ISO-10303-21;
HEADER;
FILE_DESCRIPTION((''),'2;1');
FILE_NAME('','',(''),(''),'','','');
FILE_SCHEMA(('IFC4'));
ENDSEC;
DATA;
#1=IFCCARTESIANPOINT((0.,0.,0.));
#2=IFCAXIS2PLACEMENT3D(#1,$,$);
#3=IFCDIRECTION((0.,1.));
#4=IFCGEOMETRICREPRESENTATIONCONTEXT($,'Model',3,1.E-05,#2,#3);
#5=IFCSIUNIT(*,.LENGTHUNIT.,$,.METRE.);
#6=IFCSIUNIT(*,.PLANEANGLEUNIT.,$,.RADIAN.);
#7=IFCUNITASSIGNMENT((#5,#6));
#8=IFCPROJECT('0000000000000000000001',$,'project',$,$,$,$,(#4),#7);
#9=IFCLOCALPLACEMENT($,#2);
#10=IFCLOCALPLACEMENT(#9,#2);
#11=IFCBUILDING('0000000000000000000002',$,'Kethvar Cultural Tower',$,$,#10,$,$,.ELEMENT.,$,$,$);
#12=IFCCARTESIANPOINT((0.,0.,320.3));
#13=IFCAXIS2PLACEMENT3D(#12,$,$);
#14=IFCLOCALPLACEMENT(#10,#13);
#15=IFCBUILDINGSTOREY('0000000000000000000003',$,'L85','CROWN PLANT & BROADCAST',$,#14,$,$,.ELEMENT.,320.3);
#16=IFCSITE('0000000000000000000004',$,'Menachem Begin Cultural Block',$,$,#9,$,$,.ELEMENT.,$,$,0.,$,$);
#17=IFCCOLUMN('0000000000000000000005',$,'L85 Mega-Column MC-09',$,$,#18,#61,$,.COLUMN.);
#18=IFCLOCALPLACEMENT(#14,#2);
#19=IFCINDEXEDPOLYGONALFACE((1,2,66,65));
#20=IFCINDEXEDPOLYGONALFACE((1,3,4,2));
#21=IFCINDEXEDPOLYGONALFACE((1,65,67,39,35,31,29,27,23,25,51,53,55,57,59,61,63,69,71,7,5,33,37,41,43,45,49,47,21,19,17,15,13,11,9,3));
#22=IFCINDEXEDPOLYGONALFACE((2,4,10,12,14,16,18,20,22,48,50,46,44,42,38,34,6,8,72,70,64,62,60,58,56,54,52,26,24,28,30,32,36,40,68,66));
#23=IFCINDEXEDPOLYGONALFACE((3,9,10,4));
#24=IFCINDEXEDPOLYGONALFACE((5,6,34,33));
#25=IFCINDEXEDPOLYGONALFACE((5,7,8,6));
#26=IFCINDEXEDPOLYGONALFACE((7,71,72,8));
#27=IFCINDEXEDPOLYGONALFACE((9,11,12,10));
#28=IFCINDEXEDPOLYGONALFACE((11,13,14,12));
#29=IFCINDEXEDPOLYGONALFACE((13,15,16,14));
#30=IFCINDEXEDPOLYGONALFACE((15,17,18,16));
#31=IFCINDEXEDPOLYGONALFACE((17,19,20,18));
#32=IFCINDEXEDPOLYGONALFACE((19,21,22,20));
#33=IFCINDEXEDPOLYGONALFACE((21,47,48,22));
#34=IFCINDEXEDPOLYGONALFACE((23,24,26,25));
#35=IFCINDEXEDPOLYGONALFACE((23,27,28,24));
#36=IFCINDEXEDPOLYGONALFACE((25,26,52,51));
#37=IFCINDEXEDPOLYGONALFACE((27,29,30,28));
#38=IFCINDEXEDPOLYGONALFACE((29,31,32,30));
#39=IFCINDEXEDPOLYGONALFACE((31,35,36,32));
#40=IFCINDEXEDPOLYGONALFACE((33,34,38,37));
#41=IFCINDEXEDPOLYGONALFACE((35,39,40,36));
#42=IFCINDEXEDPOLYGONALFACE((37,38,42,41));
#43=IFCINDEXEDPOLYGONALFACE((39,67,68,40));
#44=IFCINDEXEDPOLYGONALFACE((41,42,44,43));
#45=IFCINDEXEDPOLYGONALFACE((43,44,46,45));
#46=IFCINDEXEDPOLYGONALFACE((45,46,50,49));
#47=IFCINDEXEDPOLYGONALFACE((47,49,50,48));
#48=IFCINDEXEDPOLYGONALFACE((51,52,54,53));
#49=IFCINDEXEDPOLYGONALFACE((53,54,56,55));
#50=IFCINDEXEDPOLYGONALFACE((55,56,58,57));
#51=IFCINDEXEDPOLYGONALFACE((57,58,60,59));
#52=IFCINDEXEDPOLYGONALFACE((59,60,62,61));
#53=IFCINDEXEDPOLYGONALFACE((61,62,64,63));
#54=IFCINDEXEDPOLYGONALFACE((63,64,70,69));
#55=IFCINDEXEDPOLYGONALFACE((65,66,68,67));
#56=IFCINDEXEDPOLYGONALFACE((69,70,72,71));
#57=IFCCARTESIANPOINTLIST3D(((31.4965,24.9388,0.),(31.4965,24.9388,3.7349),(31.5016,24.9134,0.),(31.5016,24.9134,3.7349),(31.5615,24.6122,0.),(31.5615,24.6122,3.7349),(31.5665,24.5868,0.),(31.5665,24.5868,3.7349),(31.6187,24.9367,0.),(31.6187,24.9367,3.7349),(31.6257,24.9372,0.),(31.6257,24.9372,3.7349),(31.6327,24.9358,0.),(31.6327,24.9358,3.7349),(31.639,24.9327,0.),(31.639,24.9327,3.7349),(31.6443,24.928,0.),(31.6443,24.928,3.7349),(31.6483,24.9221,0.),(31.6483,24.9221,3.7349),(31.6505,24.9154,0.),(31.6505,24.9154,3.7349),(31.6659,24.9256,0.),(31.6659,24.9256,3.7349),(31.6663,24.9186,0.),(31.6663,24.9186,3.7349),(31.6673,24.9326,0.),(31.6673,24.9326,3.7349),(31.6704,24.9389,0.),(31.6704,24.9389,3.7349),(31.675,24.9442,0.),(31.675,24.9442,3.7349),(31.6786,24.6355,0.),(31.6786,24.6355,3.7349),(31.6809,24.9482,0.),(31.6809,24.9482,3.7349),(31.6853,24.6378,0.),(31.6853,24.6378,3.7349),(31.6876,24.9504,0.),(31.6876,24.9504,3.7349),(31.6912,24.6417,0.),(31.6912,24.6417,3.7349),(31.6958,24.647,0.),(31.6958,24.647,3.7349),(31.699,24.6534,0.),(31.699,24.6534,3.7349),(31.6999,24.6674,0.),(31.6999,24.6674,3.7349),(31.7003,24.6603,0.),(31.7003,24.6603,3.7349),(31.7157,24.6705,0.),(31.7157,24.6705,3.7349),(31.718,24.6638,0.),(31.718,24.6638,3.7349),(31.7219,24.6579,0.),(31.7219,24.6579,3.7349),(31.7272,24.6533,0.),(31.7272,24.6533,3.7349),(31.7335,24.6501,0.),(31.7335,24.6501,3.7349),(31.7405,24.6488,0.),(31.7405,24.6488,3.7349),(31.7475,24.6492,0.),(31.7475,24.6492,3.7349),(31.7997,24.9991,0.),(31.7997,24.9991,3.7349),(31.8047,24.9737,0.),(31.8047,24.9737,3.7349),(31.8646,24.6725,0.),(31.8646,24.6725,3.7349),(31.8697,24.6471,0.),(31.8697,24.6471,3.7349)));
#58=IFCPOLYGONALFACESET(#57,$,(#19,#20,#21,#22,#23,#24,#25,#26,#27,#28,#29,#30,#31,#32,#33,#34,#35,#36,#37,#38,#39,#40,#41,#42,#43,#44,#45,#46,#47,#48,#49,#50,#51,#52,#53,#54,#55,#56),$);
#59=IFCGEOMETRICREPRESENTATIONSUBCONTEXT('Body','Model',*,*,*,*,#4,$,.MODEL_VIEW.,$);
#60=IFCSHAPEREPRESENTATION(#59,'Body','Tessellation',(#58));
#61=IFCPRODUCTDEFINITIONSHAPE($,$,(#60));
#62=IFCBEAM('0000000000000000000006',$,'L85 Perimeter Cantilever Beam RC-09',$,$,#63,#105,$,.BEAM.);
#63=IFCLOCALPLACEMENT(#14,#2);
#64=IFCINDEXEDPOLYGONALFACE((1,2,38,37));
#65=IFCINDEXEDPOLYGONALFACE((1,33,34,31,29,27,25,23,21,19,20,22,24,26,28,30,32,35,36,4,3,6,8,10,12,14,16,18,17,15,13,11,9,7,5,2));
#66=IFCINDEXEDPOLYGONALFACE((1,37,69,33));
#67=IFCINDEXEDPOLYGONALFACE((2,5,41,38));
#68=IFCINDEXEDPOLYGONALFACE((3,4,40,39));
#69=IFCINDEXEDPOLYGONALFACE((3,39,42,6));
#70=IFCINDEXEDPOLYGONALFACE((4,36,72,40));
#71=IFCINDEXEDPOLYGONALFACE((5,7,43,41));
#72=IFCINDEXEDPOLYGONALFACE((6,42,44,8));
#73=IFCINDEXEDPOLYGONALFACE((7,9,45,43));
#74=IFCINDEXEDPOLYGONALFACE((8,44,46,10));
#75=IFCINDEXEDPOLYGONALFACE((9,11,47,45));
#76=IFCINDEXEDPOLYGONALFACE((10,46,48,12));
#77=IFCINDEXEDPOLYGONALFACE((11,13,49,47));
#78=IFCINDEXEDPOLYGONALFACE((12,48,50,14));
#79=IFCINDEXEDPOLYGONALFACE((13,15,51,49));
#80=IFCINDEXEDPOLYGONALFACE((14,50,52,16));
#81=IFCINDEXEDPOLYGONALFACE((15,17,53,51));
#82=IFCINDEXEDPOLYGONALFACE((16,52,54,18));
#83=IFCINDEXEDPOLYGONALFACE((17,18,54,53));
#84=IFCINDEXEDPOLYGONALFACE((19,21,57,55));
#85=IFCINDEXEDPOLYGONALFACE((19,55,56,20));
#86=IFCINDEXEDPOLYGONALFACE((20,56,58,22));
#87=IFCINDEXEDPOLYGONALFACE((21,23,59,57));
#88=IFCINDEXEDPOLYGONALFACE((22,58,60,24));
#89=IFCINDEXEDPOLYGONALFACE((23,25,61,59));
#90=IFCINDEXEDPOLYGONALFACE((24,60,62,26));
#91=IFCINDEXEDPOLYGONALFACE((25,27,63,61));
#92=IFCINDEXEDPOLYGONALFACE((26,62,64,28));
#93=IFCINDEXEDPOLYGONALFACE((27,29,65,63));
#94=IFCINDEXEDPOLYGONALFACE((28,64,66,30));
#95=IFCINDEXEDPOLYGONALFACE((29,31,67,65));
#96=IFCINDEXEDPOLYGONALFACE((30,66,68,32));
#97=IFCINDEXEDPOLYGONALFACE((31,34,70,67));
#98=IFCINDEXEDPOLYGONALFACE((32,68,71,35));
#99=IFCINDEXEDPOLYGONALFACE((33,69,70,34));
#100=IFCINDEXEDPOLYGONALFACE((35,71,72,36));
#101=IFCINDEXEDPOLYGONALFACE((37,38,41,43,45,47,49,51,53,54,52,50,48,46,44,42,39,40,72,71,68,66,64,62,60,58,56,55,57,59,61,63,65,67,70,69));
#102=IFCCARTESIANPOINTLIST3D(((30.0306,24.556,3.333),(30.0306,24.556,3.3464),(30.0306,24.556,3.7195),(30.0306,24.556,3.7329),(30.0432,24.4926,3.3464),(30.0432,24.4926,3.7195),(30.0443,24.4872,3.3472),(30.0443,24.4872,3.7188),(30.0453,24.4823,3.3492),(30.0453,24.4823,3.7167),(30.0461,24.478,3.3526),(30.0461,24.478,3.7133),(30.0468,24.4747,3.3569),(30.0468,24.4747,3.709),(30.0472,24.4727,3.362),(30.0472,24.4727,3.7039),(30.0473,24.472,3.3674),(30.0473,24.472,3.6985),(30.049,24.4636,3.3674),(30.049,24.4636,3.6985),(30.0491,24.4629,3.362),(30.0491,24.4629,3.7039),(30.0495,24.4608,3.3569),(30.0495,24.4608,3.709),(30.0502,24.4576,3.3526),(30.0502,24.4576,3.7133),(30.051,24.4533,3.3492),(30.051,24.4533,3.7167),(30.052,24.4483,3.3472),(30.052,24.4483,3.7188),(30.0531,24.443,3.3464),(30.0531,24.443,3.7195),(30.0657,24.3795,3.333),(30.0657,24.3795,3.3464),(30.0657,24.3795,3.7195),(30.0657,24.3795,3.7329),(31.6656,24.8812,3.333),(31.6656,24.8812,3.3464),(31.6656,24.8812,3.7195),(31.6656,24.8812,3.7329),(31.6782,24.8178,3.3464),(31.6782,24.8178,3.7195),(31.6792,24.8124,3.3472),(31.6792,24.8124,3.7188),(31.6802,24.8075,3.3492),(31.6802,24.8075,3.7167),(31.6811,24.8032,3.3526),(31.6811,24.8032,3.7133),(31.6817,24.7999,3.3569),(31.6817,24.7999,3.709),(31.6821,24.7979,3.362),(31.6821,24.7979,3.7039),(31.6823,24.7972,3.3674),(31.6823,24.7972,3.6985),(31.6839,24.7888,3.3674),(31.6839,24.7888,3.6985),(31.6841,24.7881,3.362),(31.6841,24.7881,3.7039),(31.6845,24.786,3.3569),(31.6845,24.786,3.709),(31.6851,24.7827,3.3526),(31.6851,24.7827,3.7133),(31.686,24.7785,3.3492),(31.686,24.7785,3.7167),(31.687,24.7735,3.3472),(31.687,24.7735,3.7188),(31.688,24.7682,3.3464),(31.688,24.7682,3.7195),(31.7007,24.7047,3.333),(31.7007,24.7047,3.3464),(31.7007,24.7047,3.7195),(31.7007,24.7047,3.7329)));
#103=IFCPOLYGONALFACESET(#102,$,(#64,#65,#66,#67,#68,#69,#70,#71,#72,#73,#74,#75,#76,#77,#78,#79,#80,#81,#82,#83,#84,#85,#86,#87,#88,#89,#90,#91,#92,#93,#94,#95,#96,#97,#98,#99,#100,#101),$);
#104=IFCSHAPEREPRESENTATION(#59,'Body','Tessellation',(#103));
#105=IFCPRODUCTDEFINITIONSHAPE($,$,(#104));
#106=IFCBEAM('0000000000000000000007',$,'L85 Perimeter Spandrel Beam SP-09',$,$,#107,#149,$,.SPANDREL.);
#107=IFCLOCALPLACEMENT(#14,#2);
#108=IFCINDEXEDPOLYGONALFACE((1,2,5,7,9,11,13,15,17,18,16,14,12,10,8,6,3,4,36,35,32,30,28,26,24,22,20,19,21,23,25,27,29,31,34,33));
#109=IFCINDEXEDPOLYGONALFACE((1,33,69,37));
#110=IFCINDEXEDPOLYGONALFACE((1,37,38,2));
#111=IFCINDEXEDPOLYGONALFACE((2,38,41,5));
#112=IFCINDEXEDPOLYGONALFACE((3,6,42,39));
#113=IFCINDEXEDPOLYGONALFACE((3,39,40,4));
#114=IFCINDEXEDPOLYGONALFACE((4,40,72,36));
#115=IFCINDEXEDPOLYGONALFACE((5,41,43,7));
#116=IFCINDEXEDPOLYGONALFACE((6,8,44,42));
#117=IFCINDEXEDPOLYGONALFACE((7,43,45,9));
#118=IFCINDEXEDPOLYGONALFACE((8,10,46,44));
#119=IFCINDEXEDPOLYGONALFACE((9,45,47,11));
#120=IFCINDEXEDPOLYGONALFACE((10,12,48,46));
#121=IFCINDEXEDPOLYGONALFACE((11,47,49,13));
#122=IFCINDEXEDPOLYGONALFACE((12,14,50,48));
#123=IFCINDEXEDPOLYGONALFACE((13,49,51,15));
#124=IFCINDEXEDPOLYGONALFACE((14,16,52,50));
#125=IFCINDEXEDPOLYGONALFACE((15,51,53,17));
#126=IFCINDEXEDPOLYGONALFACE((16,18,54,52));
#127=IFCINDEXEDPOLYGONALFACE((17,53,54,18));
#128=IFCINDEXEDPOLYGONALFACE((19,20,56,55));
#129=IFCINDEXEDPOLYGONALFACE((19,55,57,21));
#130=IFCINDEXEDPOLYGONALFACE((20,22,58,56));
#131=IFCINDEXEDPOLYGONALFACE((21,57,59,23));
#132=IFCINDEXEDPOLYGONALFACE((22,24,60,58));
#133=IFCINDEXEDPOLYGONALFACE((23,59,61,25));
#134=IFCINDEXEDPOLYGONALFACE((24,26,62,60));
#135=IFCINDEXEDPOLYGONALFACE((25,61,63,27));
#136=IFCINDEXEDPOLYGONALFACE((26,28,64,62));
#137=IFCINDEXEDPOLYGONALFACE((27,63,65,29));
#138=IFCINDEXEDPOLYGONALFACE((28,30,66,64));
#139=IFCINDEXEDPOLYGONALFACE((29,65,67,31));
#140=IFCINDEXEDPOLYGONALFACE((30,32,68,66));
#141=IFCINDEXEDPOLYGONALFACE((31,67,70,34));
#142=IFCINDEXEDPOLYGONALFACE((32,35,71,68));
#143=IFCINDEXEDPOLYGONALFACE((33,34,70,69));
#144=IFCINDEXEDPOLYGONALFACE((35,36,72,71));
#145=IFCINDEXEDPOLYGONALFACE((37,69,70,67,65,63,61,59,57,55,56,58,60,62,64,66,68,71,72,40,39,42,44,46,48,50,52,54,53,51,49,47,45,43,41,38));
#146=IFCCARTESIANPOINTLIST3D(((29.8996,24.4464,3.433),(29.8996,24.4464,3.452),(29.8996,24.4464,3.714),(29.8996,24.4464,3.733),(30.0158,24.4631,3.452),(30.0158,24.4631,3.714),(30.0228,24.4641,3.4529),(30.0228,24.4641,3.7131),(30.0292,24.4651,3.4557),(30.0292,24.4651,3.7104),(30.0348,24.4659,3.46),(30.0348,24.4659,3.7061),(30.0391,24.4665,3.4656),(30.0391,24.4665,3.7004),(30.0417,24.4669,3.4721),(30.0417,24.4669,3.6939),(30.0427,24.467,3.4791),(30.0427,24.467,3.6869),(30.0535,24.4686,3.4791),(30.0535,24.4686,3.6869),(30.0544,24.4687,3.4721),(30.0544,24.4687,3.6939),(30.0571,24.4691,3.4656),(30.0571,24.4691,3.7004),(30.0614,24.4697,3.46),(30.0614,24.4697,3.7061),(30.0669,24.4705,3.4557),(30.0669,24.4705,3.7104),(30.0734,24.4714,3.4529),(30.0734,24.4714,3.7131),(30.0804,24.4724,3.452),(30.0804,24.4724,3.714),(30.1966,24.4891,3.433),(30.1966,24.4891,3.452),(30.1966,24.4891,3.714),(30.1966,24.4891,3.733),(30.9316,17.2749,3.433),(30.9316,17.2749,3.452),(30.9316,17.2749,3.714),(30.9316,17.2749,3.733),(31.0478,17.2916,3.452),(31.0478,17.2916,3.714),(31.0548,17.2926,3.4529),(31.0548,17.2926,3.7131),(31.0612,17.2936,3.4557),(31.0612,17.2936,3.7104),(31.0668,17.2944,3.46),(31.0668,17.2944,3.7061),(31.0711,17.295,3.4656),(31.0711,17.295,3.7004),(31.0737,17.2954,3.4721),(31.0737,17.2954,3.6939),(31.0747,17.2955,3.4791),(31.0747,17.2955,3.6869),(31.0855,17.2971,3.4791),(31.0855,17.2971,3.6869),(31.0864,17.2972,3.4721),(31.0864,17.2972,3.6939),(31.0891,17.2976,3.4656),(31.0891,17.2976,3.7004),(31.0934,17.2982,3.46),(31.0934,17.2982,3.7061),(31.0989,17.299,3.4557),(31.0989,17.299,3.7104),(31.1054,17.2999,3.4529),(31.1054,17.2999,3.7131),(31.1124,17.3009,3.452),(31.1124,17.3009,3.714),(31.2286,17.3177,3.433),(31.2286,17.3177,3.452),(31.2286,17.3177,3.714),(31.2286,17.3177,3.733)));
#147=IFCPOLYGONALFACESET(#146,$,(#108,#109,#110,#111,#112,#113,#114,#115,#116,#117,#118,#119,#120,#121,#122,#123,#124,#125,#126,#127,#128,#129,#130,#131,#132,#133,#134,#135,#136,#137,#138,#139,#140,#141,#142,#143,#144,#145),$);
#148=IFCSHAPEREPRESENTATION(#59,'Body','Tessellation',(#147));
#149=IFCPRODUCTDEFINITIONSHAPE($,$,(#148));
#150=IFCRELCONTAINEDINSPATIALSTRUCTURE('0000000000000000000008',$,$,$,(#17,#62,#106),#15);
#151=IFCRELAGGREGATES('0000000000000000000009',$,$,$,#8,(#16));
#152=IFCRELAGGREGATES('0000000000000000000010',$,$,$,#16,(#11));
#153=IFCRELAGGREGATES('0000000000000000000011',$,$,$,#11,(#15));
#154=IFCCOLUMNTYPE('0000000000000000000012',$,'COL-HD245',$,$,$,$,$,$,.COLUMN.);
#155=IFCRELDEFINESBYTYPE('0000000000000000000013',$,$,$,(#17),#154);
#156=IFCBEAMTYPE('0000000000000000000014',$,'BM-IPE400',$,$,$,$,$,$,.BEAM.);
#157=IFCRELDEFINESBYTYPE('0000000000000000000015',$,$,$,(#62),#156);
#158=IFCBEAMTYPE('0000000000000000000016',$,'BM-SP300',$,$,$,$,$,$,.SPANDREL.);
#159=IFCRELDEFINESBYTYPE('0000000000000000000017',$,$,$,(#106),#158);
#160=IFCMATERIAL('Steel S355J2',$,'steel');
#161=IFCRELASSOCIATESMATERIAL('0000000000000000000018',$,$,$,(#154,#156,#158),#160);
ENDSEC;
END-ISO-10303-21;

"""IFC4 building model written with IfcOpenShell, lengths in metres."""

from ifc_helpers import new_model, si_unit, direction, frame, origin, origin_2d, place, context, subcontext, project, spatial, i_section, extrude, source, transform, mapped, material, material_profile, profile_set, type_object, element, save


model = new_model("IFC4")

# Units and contexts
model_context = context("Model", 3, precision=1e-05, world=origin(), true_north=direction((0.0, 1.0)))
body_context = subcontext(model_context, "Body", "Model", "MODEL_VIEW")
ifc_project = project(units=[si_unit("LENGTHUNIT", "METRE"), si_unit("PLANEANGLEUNIT", "RADIAN")], contexts=[model_context])

# Site, building, storey
site_placement = place(None, origin())
site = spatial("IfcSite", under=ifc_project, at=site_placement, Name="Menachem Begin Cultural Block", CompositionType="ELEMENT", RefElevation=0.0)
building_placement = place(site_placement, origin())
building = spatial("IfcBuilding", under=site, at=building_placement, Name="Kethvar Cultural Tower", CompositionType="ELEMENT")
storey_placement = place(building_placement, frame((0.0, 0.0, 320.3)))
storey = spatial("IfcBuildingStorey", under=building, at=storey_placement, Name="L85", Description="CROWN PLANT & BROADCAST", CompositionType="ELEMENT", Elevation=320.3)

# Column
ifc_material_1 = material(Name="Steel S355J2", Category="steel")
ifc_material_profile_1 = material_profile(ifc_material_1, i_section(OverallWidth=0.3091, OverallDepth=0.3589, WebThickness=0.0161, FlangeThickness=0.0259, FilletRadius=0.0271, at=origin_2d()), Name="Steel S355J2 — HD320x245")
ifc_profile_set_1 = profile_set([ifc_material_profile_1], Name="Steel S355J2 — HD320x245")
column_type = type_object("IfcColumnType", Name="COL-HD245", PredefinedType="COLUMN", material=ifc_profile_set_1)
shared_shape_1 = source(origin(), body_context, "Body", "SweptSolid", [
    extrude(i_section(OverallWidth=0.3091, OverallDepth=0.3589, WebThickness=0.0161, FlangeThickness=0.0259, FilletRadius=0.0271, at=origin_2d()), origin(), (0.0, 0.0, 1.0), 3.7349),
])
column_placement = place(storey_placement, frame((31.6831, 24.793, 0.0), z_axis=(0.0, 0.0, 1.0), x_axis=(-0.980785, -0.19509, 0.0)))
element("IfcColumn", 1, at=column_placement, inside=storey, type_object=column_type, Name="L85 Mega-Column MC-09", PredefinedType="COLUMN", context=body_context, shape_type="MappedRepresentation", body=[
    mapped(shared_shape_1, transform((0.0, 0.0, 0.0), scale=1.0)),
])

# Beams
ifc_material_profile_2 = material_profile(ifc_material_1, i_section(OverallWidth=0.1799, OverallDepth=0.3999, WebThickness=0.0085, FlangeThickness=0.0134, FilletRadius=0.021, at=origin_2d()), Name="Steel S355J2 — IPE400")
ifc_profile_set_2 = profile_set([ifc_material_profile_2], Name="Steel S355J2 — IPE400")
beam_type_1 = type_object("IfcBeamType", Name="BM-IPE400", PredefinedType="BEAM", material=ifc_profile_set_2)
shared_shape_2 = source(origin(), body_context, "Body", "SweptSolid", [
    extrude(i_section(OverallWidth=0.1799, OverallDepth=0.3999, WebThickness=0.0085, FlangeThickness=0.0134, FilletRadius=0.021, at=origin_2d()), origin(), (0.0, 0.0, 1.0), 1.667),
])
beam_1_placement = place(storey_placement, frame((31.6831, 24.793, 3.533), z_axis=(-0.980789, -0.195074, 0.0), x_axis=(0.195074, -0.980789, 0.0)))
element("IfcBeam", 2, at=beam_1_placement, inside=storey, type_object=beam_type_1, Name="L85 Perimeter Cantilever Beam RC-09", PredefinedType="BEAM", context=body_context, shape_type="MappedRepresentation", body=[
    mapped(shared_shape_2, transform((0.0, 0.0, 0.0), scale=1.0)),
])
ifc_material_profile_3 = material_profile(ifc_material_1, i_section(OverallWidth=0.3, OverallDepth=0.3, WebThickness=0.011, FlangeThickness=0.019, FilletRadius=0.0271, at=origin_2d()), Name="Steel S355J2 — HEB300")
ifc_profile_set_3 = profile_set([ifc_material_profile_3], Name="Steel S355J2 — HEB300")
beam_type_2 = type_object("IfcBeamType", Name="BM-SP300", PredefinedType="SPANDREL", material=ifc_profile_set_3)
shared_shape_3 = source(origin(), body_context, "Body", "SweptSolid", [
    extrude(i_section(OverallWidth=0.3, OverallDepth=0.3, WebThickness=0.011, FlangeThickness=0.019, FilletRadius=0.0271, at=origin_2d()), origin(), (0.0, 0.0, 1.0), 7.2454),
])
beam_2_placement = place(storey_placement, frame((30.0481, 24.4678, 3.583), z_axis=(0.142436, -0.989804, 0.0), x_axis=(0.989804, 0.142436, 0.0)))
element("IfcBeam", 3, at=beam_2_placement, inside=storey, type_object=beam_type_2, Name="L85 Perimeter Spandrel Beam SP-09", PredefinedType="SPANDREL", context=body_context, shape_type="MappedRepresentation", body=[
    mapped(shared_shape_3, transform((0.0, 0.0, 0.0), scale=1.0)),
])

save(model, "model.ifc")
